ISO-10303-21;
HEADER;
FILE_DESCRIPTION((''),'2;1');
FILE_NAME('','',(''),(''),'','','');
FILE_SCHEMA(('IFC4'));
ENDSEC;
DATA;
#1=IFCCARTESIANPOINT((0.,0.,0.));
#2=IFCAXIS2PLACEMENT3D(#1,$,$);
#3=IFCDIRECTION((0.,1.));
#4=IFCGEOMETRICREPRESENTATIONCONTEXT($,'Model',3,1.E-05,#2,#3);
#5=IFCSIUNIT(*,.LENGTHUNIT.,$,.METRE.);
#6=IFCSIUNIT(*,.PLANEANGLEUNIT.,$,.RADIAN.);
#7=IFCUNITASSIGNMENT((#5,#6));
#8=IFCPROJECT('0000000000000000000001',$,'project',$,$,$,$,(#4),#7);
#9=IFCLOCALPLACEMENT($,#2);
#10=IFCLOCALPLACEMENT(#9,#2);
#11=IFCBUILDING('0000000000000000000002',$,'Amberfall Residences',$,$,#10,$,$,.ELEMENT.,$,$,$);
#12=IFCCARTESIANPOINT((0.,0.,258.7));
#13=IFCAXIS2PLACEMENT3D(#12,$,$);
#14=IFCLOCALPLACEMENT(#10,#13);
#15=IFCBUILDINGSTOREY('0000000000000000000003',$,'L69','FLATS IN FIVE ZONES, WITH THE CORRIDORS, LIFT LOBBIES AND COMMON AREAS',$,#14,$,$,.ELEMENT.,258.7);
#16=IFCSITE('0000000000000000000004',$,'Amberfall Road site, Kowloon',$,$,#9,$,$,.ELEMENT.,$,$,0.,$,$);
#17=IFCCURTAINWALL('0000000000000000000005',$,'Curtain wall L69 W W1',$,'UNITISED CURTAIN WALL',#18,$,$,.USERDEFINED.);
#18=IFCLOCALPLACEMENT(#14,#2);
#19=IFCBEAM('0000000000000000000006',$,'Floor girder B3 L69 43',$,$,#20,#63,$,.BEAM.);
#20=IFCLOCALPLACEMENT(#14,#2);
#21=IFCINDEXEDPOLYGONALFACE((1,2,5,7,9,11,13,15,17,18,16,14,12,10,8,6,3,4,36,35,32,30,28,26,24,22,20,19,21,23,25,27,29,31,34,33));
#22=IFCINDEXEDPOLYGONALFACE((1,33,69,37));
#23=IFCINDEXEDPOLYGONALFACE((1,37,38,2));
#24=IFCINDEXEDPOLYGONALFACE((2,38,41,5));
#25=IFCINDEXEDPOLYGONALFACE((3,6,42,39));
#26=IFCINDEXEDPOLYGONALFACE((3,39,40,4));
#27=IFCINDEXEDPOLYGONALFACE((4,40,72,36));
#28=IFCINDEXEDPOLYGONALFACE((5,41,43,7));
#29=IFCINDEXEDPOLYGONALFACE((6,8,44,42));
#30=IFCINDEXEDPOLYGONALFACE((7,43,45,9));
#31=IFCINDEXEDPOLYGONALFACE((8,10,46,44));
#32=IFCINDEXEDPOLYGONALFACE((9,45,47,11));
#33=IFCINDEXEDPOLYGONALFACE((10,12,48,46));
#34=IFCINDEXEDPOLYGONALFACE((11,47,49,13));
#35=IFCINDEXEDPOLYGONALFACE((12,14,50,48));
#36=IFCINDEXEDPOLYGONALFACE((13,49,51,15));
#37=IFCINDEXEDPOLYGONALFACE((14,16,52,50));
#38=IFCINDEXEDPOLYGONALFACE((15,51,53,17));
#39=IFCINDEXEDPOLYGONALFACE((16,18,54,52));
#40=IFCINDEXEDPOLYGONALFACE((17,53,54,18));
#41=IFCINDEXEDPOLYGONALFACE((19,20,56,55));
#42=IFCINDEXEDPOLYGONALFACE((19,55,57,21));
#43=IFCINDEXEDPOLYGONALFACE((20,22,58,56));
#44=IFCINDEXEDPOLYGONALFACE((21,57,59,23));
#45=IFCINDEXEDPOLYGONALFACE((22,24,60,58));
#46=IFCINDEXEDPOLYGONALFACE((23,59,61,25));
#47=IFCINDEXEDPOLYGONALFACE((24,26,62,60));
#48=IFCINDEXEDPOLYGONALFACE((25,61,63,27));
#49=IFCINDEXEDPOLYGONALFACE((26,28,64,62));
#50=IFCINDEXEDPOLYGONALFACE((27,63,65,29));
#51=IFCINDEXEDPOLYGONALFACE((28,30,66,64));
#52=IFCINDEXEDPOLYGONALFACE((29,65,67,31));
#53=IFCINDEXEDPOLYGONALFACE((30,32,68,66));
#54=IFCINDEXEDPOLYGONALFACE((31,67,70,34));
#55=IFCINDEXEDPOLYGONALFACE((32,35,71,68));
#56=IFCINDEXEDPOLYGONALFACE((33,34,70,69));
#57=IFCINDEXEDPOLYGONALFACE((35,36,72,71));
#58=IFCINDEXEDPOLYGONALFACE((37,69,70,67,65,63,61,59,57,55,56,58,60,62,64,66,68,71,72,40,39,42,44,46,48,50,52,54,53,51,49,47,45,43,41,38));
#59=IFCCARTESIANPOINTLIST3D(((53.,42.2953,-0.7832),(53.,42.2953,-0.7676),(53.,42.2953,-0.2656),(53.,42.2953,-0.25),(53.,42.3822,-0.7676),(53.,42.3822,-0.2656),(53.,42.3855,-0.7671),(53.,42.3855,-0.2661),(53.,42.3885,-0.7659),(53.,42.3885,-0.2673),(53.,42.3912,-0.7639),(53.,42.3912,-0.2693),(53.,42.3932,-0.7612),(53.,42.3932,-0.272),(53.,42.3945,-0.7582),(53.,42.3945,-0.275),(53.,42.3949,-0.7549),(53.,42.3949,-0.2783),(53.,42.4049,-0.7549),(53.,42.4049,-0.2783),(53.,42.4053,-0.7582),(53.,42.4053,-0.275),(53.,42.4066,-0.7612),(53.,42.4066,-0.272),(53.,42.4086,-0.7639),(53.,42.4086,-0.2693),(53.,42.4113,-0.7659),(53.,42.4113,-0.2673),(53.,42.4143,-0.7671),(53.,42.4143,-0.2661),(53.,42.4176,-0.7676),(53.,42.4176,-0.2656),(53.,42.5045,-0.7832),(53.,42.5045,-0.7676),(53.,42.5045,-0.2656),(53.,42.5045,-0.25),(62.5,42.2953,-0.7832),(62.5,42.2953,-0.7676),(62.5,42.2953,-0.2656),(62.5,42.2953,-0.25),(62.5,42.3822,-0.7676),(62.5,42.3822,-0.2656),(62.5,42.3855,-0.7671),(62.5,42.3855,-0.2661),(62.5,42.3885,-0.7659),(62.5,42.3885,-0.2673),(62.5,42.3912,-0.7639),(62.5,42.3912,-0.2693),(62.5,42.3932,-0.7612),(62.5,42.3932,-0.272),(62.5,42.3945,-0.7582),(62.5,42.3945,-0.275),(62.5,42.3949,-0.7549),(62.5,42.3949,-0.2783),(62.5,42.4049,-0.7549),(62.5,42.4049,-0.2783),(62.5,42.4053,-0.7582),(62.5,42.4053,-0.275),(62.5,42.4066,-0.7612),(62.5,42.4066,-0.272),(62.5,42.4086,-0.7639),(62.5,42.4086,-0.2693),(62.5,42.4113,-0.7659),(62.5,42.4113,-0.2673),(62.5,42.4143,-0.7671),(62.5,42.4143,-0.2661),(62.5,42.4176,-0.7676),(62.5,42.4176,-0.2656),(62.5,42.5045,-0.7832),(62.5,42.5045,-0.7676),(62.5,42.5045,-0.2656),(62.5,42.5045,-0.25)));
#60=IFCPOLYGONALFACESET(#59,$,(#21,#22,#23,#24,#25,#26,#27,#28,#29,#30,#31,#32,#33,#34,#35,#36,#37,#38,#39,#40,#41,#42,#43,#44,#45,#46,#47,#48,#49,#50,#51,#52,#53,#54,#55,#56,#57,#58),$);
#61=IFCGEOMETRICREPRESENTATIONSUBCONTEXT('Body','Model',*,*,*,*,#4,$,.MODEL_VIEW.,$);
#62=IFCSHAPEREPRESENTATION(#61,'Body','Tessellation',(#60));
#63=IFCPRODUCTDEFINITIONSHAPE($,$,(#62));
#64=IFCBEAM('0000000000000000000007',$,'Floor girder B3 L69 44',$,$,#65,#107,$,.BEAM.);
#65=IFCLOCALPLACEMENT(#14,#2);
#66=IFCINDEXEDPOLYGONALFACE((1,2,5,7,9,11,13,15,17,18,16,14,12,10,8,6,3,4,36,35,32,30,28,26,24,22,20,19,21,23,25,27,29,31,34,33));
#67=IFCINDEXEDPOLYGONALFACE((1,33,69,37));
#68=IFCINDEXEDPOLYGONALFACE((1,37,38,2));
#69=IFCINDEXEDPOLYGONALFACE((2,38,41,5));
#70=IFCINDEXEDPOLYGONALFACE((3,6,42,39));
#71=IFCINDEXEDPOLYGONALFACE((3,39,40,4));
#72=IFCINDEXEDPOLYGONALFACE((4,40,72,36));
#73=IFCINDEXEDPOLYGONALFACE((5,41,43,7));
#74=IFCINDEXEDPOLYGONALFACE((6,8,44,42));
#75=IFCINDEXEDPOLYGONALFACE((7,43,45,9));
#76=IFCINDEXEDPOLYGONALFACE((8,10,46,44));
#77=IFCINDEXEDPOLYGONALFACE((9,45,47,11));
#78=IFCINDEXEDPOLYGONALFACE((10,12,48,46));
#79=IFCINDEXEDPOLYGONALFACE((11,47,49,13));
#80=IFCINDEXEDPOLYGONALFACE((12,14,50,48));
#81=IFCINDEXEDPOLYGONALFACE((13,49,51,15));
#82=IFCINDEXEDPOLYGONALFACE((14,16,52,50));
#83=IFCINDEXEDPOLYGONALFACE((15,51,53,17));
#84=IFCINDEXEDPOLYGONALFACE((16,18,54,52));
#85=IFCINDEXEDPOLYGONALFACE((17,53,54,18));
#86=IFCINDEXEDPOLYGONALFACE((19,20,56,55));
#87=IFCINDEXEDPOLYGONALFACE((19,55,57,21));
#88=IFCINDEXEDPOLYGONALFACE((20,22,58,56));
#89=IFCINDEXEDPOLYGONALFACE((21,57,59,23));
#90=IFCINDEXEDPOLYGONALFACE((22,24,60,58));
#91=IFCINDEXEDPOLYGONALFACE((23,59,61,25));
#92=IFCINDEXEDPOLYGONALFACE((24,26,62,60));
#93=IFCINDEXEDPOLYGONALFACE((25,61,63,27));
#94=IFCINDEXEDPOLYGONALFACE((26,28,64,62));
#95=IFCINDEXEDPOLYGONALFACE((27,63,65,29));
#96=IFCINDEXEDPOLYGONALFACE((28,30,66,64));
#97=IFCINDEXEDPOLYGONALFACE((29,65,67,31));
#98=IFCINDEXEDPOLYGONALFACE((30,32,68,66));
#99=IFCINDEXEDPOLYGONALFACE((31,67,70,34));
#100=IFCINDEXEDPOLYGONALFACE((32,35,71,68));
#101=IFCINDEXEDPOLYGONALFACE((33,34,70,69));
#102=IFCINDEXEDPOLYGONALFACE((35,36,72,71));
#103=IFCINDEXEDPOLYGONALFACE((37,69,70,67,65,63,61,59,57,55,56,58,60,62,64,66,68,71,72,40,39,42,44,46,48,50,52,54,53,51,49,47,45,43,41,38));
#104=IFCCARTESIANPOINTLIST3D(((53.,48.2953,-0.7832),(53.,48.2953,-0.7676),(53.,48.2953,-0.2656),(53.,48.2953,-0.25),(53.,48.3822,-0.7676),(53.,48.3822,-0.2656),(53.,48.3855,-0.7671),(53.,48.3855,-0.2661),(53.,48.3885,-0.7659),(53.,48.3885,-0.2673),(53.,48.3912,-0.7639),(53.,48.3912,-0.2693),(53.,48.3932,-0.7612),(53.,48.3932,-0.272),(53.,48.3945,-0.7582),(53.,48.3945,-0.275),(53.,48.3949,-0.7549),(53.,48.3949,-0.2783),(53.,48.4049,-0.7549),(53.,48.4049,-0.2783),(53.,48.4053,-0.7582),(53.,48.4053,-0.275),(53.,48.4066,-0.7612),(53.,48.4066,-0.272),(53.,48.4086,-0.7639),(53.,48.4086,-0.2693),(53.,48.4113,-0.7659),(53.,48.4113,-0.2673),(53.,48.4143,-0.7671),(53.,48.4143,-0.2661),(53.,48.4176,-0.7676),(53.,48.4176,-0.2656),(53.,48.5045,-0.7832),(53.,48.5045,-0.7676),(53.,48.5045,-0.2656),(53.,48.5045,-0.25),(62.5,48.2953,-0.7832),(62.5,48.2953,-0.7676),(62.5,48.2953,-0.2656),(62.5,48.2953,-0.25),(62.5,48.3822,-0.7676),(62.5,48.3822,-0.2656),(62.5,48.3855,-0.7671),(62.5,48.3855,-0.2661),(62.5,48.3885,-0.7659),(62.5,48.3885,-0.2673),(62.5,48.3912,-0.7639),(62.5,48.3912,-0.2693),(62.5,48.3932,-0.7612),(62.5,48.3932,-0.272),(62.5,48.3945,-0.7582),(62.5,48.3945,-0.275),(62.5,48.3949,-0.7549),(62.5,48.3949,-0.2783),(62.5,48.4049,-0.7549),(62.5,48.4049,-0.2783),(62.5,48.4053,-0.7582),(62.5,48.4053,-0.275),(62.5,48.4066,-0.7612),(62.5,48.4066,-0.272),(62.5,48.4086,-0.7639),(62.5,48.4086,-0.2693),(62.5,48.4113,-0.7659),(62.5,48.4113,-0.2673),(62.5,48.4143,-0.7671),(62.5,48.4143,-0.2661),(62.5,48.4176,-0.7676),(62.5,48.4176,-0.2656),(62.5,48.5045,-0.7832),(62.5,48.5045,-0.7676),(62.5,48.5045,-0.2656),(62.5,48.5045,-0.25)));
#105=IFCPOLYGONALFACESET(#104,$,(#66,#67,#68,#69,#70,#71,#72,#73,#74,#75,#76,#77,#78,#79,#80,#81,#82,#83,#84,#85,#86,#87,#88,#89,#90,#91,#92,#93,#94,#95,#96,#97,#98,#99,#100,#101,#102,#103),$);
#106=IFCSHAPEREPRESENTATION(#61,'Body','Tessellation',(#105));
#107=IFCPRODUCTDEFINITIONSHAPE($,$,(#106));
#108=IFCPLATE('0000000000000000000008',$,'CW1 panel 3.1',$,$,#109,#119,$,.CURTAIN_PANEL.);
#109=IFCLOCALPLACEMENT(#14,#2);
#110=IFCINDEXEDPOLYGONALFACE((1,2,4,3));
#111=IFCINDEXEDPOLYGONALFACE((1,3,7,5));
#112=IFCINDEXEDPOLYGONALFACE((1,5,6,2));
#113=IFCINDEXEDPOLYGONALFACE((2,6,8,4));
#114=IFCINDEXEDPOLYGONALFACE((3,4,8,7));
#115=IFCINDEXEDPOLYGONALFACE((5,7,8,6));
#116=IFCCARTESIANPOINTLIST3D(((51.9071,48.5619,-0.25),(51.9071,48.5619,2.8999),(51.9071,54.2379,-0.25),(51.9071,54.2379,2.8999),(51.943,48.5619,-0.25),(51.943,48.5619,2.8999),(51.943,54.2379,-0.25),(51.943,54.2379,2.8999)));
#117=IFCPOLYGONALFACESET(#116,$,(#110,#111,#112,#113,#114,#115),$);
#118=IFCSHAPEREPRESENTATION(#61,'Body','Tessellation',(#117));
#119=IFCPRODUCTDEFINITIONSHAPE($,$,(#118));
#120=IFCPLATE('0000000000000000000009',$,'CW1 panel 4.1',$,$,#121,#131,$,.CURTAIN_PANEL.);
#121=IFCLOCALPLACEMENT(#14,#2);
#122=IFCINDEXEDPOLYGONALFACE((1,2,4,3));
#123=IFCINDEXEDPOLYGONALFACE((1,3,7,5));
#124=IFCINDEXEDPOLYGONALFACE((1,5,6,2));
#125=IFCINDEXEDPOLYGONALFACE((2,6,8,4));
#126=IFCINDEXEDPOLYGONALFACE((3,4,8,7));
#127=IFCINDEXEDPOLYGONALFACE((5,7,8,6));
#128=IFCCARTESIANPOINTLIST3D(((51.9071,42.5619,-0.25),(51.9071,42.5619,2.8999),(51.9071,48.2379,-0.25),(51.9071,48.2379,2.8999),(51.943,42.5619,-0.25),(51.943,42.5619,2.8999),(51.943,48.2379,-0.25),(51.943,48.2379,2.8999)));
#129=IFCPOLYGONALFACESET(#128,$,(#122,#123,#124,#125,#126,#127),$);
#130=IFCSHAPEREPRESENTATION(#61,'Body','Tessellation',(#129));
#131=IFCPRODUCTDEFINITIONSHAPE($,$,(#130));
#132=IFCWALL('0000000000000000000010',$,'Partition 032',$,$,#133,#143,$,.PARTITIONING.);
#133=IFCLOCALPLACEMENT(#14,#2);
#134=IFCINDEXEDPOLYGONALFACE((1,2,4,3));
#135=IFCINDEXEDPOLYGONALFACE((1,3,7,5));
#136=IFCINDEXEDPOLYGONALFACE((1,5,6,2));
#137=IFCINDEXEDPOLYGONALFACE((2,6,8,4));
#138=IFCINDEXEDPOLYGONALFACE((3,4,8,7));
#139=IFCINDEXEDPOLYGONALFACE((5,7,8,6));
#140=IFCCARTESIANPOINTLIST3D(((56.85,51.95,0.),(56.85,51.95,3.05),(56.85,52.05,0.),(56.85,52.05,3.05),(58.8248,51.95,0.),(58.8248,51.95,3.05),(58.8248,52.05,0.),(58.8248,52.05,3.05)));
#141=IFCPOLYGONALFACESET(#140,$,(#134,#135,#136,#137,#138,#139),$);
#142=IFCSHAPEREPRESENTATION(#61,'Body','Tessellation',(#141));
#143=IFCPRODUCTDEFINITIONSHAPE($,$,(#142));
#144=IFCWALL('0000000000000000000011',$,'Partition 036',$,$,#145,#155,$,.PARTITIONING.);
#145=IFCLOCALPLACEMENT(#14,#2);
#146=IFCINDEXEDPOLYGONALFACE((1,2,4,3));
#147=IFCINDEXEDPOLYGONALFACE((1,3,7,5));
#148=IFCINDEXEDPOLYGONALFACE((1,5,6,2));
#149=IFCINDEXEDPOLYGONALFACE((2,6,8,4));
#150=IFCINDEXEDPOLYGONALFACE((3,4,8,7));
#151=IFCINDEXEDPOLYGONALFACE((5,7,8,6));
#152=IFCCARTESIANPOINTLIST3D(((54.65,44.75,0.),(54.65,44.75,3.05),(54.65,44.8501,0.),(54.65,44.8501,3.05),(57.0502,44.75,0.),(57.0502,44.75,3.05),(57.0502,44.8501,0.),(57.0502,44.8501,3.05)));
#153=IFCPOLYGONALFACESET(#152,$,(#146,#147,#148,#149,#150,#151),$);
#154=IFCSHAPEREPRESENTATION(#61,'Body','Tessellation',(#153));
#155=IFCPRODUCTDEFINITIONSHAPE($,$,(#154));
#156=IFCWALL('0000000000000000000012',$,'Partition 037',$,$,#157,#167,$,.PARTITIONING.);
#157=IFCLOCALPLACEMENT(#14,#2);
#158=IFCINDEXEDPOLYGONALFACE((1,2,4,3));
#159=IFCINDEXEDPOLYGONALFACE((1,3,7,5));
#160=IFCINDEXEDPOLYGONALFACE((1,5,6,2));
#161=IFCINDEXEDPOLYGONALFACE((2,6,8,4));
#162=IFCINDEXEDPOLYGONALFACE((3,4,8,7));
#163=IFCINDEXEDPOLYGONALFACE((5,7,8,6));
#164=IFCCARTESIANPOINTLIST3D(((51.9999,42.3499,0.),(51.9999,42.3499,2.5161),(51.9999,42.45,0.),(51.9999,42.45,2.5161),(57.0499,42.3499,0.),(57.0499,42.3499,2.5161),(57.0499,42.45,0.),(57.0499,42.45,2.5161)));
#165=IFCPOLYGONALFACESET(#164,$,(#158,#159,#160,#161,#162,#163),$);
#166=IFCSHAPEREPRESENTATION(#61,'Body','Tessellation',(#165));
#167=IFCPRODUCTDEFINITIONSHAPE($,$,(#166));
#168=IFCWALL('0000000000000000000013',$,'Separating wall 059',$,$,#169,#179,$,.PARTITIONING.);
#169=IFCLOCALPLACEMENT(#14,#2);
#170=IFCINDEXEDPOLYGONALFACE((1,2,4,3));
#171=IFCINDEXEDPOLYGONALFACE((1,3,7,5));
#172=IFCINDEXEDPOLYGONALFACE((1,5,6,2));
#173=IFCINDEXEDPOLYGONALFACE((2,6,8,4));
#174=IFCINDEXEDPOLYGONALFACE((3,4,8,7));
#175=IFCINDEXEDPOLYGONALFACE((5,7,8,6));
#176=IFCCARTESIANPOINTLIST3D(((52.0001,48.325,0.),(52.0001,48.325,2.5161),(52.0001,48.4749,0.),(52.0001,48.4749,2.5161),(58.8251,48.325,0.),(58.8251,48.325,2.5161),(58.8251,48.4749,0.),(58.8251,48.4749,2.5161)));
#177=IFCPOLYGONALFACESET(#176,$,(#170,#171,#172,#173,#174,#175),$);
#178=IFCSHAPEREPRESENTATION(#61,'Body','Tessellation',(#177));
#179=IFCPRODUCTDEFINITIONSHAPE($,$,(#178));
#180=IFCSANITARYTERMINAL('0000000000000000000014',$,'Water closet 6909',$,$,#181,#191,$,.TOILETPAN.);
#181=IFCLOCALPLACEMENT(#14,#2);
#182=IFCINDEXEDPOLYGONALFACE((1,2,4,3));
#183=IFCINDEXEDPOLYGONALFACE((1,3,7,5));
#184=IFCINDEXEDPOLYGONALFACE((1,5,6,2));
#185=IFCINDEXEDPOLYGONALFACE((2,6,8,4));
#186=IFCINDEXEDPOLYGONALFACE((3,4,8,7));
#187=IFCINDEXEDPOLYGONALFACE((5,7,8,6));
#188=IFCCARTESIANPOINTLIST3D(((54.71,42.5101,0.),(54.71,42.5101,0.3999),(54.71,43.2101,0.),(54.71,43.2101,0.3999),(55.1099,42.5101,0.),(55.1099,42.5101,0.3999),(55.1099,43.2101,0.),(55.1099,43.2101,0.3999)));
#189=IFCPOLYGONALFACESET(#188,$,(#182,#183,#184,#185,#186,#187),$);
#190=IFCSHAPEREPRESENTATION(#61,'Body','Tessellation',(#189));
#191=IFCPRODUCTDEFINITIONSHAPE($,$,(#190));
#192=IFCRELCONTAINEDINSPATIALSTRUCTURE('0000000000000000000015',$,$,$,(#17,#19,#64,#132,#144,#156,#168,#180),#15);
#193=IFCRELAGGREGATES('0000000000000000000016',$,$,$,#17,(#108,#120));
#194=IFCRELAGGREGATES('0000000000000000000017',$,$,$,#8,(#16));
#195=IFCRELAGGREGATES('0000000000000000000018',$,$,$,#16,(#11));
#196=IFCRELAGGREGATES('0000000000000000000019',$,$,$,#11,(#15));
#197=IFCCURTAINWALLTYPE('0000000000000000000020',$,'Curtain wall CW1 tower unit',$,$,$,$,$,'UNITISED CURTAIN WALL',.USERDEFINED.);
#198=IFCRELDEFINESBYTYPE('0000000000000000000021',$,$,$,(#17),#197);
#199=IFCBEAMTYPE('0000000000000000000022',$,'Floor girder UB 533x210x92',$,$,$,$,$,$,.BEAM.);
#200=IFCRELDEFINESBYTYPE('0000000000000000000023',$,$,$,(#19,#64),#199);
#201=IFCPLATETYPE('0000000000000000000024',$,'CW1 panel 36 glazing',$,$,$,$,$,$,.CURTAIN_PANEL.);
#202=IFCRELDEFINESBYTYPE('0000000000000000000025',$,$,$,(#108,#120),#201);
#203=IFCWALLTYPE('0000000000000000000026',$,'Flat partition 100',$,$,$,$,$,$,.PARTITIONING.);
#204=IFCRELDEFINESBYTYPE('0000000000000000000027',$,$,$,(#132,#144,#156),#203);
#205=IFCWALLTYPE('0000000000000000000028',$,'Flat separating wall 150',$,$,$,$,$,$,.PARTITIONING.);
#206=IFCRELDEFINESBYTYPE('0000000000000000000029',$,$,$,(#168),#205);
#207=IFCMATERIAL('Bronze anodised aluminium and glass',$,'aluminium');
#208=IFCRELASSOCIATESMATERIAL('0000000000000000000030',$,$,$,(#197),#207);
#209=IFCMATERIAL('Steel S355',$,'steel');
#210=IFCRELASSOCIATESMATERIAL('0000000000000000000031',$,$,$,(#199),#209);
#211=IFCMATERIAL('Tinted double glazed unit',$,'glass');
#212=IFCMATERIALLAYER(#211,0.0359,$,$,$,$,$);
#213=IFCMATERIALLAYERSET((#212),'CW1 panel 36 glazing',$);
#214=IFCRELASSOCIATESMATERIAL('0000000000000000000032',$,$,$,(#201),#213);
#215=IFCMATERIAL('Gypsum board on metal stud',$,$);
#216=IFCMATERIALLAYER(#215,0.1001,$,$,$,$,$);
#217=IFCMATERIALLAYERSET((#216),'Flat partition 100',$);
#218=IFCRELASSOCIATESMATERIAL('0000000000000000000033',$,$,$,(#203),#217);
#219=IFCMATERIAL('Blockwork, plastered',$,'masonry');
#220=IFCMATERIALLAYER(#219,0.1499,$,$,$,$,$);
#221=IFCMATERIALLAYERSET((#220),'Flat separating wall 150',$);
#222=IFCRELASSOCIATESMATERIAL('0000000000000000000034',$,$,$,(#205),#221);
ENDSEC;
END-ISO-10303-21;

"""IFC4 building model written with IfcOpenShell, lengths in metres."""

from ifc_helpers import new_model, si_unit, direction, frame, frame_2d, origin, origin_2d, place, context, subcontext, project, spatial, rectangle, i_section, extrude, material, layer, layer_set, material_profile, profile_set, type_object, element, aggregate, save


model = new_model("IFC4")

# Units and contexts
model_context = context("Model", 3, precision=1e-05, world=origin(), true_north=direction((0.0, 1.0)))
body_context = subcontext(model_context, "Body", "Model", "MODEL_VIEW")
ifc_project = project(units=[si_unit("LENGTHUNIT", "METRE"), si_unit("PLANEANGLEUNIT", "RADIAN")], contexts=[model_context])

# Site, building, storey
site_placement = place(None, origin())
site = spatial("IfcSite", under=ifc_project, at=site_placement, Name="Amberfall Road site, Kowloon", CompositionType="ELEMENT", RefElevation=0.0)
building_placement = place(site_placement, origin())
building = spatial("IfcBuilding", under=site, at=building_placement, Name="Amberfall Residences", CompositionType="ELEMENT")
storey_placement = place(building_placement, frame((0.0, 0.0, 258.7)))
storey = spatial("IfcBuildingStorey", under=building, at=storey_placement, Name="L69", Description="FLATS IN FIVE ZONES, WITH THE CORRIDORS, LIFT LOBBIES AND COMMON AREAS", CompositionType="ELEMENT", Elevation=258.7)

# Curtain wall
ifc_material_1 = material(Name="Bronze anodised aluminium and glass", Category="aluminium")
curtain_wall_type = type_object("IfcCurtainWallType", Name="Curtain wall CW1 tower unit", ElementType="UNITISED CURTAIN WALL", PredefinedType="USERDEFINED", material=ifc_material_1)
curtain_wall_placement = place(storey_placement, origin())
curtain_wall = element("IfcCurtainWall", 1, at=curtain_wall_placement, inside=storey, type_object=curtain_wall_type, Name="Curtain wall L69 W W1", ObjectType="UNITISED CURTAIN WALL", PredefinedType="USERDEFINED")

# Shared definitions
ifc_material_2 = material(Name="Steel S355", Category="steel")

# Beams
ifc_material_profile_1 = material_profile(ifc_material_2, i_section(OverallWidth=0.2092, OverallDepth=0.5332, WebThickness=0.01, FlangeThickness=0.0156, FilletRadius=0.0127, at=origin_2d()), Name="UB 533x210x92")
ifc_profile_set_1 = profile_set([ifc_material_profile_1], Name="Steel S355")
beam_type_1 = type_object("IfcBeamType", Name="Floor girder UB 533x210x92", PredefinedType="BEAM", material=ifc_profile_set_1)
for number, where, z_axis, x_axis, name in (
    (2, (53.0, 42.3999, -0.5166), (1.0, 0.0, 0.0), (0.0, 1.0, 0.0), "Floor girder B3 L69 43"),
    (3, (53.0, 48.3999, -0.5166), (1.0, 0.0, 0.0), (0.0, 1.0, 0.0), "Floor girder B3 L69 44"),
):
    element("IfcBeam", number, at=place(storey_placement, frame(where, z_axis=z_axis, x_axis=x_axis)), inside=storey, type_object=beam_type_1, Name=name, PredefinedType="BEAM", context=body_context, shape_type="SweptSolid", body=[
        extrude(i_section(OverallWidth=0.2092, OverallDepth=0.5332, WebThickness=0.01, FlangeThickness=0.0156, FilletRadius=0.0127, at=origin_2d()), origin(), (0.0, 0.0, 1.0), 9.5),
    ])

# Plates
ifc_material_3 = material(Name="Tinted double glazed unit", Category="glass")
ifc_layer_1 = layer(ifc_material_3, 0.0359)
ifc_layer_set_1 = layer_set([ifc_layer_1], Name="CW1 panel 36 glazing")
plate_type = type_object("IfcPlateType", Name="CW1 panel 36 glazing", PredefinedType="CURTAIN_PANEL", material=ifc_layer_set_1)
plate_1_placement = place(storey_placement, frame((51.925, 51.3999, -0.25), z_axis=(0.0, 0.0, 1.0), x_axis=(0.0, -1.0, 0.0)))
plate_1 = element("IfcPlate", 4, at=plate_1_placement, type_object=plate_type, Name="CW1 panel 3.1", PredefinedType="CURTAIN_PANEL", context=body_context, shape_type="SweptSolid", body=[
    extrude(rectangle(XDim=5.676, YDim=0.0359, at=origin_2d()), origin(), (0.0, 0.0, 1.0), 3.1499),
])
plate_2_placement = place(storey_placement, frame((51.925, 45.3999, -0.25), z_axis=(0.0, 0.0, 1.0), x_axis=(0.0, -1.0, 0.0)))
plate_2 = element("IfcPlate", 5, at=plate_2_placement, type_object=plate_type, Name="CW1 panel 4.1", PredefinedType="CURTAIN_PANEL", context=body_context, shape_type="SweptSolid", body=[
    extrude(rectangle(XDim=5.676, YDim=0.0359, at=origin_2d()), origin(), (0.0, 0.0, 1.0), 3.1499),
])
aggregate(curtain_wall, [plate_1, plate_2])

# Walls
ifc_material_4 = material(Name="Gypsum board on metal stud")
ifc_layer_2 = layer(ifc_material_4, 0.1001)
ifc_layer_set_2 = layer_set([ifc_layer_2], Name="Flat partition 100")
wall_type_1 = type_object("IfcWallType", Name="Flat partition 100", PredefinedType="PARTITIONING", material=ifc_layer_set_2)
wall_1_placement = place(storey_placement, frame((56.8501, 52.0, 0.0), z_axis=(0.0, 0.0, 1.0), x_axis=(1.0, 0.0, 0.0)))
element("IfcWall", 6, at=wall_1_placement, inside=storey, type_object=wall_type_1, Name="Partition 032", PredefinedType="PARTITIONING", context=body_context, shape_type="SweptSolid", body=[
    extrude(rectangle(XDim=1.9749, YDim=0.1001, at=frame_2d((0.9873, 0.0))), origin(), (0.0, 0.0, 1.0), 3.05),
])
wall_2_placement = place(storey_placement, frame((54.6499, 44.8, 0.0), z_axis=(0.0, 0.0, 1.0), x_axis=(1.0, 0.0, 0.0)))
element("IfcWall", 7, at=wall_2_placement, inside=storey, type_object=wall_type_1, Name="Partition 036", PredefinedType="PARTITIONING", context=body_context, shape_type="SweptSolid", body=[
    extrude(rectangle(XDim=2.4001, YDim=0.1001, at=frame_2d((1.2002, 0.0))), origin(), (0.0, 0.0, 1.0), 3.05),
])
wall_3_placement = place(storey_placement, frame((52.0, 42.3999, 0.0), z_axis=(0.0, 0.0, 1.0), x_axis=(1.0, 0.0, 0.0)))
element("IfcWall", 8, at=wall_3_placement, inside=storey, type_object=wall_type_1, Name="Partition 037", PredefinedType="PARTITIONING", context=body_context, shape_type="SweptSolid", body=[
    extrude(rectangle(XDim=5.05, YDim=0.1001, at=frame_2d((2.5249, 0.0))), origin(), (0.0, 0.0, 1.0), 2.5161),
])
ifc_material_5 = material(Name="Blockwork, plastered", Category="masonry")
ifc_layer_3 = layer(ifc_material_5, 0.1499)
ifc_layer_set_3 = layer_set([ifc_layer_3], Name="Flat separating wall 150")
wall_type_2 = type_object("IfcWallType", Name="Flat separating wall 150", PredefinedType="PARTITIONING", material=ifc_layer_set_3)
wall_4_placement = place(storey_placement, frame((52.0, 48.3999, 0.0), z_axis=(0.0, 0.0, 1.0), x_axis=(1.0, 0.0, 0.0)))
element("IfcWall", 9, at=wall_4_placement, inside=storey, type_object=wall_type_2, Name="Separating wall 059", PredefinedType="PARTITIONING", context=body_context, shape_type="SweptSolid", body=[
    extrude(rectangle(XDim=6.825, YDim=0.1499, at=frame_2d((3.4126, 0.0))), origin(), (0.0, 0.0, 1.0), 2.5161),
])

# Sanitary terminal
sanitary_terminal_1_placement = place(storey_placement, frame((54.9099, 42.8601, 0.0), z_axis=(0.0, 0.0, 1.0), x_axis=(1.0, 0.0, 0.0)))
element("IfcSanitaryTerminal", 10, at=sanitary_terminal_1_placement, inside=storey, Name="Water closet 6909", PredefinedType="TOILETPAN", context=body_context, shape_type="SweptSolid", body=[
    extrude(rectangle(XDim=0.3999, YDim=0.7, at=origin_2d()), origin(), (0.0, 0.0, 1.0), 0.3999),
])

save(model, "model.ifc")
